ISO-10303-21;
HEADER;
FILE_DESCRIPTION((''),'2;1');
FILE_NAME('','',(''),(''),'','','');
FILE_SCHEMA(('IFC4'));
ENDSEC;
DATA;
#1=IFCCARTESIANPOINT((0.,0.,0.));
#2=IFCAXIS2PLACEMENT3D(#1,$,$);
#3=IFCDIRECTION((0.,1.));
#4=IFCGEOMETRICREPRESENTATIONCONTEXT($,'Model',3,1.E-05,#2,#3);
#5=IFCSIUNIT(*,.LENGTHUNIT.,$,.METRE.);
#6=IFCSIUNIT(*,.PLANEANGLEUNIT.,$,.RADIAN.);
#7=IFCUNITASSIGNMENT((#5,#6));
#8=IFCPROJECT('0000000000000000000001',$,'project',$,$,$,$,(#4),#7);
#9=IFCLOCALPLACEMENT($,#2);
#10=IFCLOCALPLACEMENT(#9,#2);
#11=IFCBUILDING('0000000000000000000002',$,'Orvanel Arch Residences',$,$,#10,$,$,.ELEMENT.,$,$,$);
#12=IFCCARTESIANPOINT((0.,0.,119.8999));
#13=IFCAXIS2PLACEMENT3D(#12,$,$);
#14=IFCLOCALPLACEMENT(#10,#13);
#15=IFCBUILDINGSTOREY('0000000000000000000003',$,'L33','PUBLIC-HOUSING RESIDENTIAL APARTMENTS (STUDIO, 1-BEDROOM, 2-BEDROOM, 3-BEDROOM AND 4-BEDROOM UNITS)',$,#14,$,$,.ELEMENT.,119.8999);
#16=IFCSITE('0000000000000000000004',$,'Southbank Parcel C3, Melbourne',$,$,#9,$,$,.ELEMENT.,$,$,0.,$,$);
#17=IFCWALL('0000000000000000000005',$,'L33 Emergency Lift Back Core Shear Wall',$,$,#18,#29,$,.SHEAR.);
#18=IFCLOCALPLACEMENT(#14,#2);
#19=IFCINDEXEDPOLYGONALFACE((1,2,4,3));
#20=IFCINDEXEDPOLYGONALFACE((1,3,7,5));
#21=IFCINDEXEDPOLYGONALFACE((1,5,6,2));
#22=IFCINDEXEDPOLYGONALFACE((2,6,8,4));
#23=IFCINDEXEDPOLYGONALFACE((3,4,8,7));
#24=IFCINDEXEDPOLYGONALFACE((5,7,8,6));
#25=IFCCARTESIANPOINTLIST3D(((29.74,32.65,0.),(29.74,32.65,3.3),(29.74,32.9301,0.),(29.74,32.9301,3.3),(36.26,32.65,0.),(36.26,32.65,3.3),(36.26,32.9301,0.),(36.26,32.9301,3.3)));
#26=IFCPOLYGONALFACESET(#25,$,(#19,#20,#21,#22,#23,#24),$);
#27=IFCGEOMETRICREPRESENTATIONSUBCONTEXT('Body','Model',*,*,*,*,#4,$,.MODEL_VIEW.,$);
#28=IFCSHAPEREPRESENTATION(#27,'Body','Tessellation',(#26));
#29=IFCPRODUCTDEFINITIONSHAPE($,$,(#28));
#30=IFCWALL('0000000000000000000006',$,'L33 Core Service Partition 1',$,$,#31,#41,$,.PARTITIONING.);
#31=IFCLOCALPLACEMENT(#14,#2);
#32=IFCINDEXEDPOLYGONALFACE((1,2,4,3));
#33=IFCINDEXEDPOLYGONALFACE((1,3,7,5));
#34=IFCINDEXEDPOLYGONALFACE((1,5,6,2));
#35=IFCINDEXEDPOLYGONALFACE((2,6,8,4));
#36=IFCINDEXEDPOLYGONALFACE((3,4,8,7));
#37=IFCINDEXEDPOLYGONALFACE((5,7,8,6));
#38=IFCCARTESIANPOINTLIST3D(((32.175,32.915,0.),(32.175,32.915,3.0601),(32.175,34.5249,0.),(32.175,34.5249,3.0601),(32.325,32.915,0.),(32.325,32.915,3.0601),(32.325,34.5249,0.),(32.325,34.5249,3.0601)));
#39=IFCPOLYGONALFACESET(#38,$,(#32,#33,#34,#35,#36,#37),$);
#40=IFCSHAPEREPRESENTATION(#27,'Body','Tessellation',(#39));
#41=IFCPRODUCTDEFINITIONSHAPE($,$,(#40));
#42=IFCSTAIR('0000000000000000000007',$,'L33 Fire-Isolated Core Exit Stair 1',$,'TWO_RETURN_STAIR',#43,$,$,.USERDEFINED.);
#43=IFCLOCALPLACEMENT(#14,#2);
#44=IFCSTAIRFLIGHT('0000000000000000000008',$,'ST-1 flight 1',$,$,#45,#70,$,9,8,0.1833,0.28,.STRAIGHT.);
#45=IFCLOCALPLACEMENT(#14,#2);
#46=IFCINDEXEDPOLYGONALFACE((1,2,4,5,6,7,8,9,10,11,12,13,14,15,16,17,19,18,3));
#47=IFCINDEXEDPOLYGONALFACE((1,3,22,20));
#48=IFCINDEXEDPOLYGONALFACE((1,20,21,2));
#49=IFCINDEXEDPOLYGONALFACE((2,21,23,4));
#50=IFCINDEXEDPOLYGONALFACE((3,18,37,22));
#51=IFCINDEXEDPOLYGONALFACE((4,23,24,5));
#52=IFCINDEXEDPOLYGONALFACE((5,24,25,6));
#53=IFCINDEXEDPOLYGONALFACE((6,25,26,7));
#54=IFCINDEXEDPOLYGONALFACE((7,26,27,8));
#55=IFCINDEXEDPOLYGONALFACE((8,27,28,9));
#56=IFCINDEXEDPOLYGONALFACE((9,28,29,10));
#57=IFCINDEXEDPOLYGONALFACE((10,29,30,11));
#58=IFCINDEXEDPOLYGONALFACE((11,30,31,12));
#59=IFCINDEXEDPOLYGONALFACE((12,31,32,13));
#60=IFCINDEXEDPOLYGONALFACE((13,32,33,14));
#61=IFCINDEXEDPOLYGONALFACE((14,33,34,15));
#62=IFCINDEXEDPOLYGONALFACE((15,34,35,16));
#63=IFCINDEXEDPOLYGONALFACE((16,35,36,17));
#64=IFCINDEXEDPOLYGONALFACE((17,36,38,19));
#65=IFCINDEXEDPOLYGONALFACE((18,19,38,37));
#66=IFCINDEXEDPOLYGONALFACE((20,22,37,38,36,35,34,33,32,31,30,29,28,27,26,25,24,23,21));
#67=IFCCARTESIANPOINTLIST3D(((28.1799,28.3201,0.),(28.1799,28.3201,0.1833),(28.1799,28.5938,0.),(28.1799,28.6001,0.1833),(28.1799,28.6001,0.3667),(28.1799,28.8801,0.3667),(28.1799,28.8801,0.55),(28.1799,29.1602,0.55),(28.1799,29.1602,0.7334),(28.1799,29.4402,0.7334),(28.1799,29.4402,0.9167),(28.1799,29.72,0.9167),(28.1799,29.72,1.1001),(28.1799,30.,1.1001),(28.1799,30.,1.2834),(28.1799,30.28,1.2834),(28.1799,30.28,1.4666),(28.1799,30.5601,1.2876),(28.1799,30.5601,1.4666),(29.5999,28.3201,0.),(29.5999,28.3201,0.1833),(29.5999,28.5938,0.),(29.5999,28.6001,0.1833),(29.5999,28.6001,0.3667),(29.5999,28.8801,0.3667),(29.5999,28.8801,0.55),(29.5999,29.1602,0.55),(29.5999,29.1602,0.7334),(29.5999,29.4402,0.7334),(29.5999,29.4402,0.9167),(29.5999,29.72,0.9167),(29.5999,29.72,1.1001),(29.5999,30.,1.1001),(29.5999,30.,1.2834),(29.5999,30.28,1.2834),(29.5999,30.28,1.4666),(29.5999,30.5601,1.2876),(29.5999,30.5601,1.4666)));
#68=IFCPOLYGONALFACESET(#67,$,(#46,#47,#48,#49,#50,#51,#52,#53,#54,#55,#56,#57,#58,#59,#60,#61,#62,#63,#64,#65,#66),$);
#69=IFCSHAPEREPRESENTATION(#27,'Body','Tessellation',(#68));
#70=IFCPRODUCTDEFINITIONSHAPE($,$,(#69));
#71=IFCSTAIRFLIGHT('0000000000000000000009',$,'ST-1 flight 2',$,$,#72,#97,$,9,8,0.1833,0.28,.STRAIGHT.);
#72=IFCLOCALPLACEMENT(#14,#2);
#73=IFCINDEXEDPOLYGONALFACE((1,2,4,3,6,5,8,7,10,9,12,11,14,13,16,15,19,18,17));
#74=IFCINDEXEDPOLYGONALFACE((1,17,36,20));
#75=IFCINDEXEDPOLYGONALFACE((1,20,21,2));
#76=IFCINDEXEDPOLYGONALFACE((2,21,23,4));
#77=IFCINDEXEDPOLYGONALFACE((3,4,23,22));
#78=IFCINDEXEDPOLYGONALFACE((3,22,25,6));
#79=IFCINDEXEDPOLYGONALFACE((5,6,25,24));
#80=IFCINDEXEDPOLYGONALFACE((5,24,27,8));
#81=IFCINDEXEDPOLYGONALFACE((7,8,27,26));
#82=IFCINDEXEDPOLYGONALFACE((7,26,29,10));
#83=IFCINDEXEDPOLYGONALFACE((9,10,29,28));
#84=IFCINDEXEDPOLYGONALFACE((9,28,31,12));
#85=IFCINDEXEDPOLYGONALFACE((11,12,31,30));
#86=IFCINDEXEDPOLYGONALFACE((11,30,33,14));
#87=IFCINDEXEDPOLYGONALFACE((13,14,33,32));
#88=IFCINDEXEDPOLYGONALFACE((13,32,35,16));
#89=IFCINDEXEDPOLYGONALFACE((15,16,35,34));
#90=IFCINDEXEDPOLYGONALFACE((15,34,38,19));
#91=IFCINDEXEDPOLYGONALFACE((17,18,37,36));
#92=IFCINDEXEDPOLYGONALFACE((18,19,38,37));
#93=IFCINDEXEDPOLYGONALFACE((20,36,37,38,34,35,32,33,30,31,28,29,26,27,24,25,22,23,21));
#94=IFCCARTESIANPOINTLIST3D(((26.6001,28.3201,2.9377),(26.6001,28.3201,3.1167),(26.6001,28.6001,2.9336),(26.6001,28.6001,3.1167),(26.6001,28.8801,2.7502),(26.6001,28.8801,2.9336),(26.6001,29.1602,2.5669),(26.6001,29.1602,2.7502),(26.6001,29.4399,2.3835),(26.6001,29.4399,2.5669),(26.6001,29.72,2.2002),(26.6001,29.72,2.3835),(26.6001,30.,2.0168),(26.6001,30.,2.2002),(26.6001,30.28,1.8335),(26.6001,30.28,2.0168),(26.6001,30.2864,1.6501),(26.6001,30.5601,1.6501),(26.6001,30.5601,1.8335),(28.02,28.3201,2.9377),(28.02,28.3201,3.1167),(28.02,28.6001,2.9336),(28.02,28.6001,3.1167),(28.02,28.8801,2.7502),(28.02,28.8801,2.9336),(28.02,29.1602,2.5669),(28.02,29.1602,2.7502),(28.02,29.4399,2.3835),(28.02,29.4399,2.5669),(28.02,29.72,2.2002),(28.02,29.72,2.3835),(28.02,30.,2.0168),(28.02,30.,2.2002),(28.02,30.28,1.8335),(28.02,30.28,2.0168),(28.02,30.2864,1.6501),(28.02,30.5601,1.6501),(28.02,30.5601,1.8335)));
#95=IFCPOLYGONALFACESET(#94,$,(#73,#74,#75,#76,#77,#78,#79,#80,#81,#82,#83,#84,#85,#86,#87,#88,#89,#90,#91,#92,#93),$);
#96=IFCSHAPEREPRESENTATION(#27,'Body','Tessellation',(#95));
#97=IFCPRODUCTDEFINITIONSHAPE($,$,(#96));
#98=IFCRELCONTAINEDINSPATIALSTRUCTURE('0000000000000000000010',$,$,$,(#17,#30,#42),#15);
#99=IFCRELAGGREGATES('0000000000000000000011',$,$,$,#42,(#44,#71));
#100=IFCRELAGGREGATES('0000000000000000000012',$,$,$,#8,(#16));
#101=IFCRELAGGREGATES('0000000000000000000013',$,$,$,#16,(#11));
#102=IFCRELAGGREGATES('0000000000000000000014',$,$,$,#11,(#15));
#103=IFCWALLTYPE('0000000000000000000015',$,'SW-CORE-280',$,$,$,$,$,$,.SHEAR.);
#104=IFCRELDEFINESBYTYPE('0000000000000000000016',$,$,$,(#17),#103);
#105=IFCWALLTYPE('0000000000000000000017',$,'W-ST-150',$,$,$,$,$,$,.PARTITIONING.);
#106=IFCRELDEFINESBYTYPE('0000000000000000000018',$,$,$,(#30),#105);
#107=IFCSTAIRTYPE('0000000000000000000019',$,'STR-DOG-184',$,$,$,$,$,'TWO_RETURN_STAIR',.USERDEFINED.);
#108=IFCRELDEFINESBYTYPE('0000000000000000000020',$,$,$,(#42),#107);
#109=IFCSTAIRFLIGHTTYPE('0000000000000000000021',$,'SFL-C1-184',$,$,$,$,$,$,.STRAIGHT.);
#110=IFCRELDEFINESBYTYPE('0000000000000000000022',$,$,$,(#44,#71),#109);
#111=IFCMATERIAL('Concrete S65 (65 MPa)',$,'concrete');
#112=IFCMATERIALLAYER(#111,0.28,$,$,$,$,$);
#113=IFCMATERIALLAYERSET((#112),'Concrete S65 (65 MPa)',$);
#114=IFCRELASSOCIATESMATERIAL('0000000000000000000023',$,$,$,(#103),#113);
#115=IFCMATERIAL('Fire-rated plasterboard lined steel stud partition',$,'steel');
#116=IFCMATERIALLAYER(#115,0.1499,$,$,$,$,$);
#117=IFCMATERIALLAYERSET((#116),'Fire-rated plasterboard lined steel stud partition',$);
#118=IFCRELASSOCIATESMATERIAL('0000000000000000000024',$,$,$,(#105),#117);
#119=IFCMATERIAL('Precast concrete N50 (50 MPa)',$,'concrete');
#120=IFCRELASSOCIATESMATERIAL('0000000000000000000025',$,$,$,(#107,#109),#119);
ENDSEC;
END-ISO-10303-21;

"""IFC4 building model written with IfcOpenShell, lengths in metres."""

from ifc_helpers import new_model, si_unit, direction, frame, frame_2d, origin, place, context, subcontext, project, spatial, polyline, rectangle, outline, extrude, material, layer, layer_set, type_object, element, aggregate, save


model = new_model("IFC4")

# Units and contexts
model_context = context("Model", 3, precision=1e-05, world=origin(), true_north=direction((0.0, 1.0)))
body_context = subcontext(model_context, "Body", "Model", "MODEL_VIEW")
ifc_project = project(units=[si_unit("LENGTHUNIT", "METRE"), si_unit("PLANEANGLEUNIT", "RADIAN")], contexts=[model_context])

# Site, building, storey
site_placement = place(None, origin())
site = spatial("IfcSite", under=ifc_project, at=site_placement, Name="Southbank Parcel C3, Melbourne", CompositionType="ELEMENT", RefElevation=0.0)
building_placement = place(site_placement, origin())
building = spatial("IfcBuilding", under=site, at=building_placement, Name="Orvanel Arch Residences", CompositionType="ELEMENT")
storey_placement = place(building_placement, frame((0.0, 0.0, 119.8999)))
storey = spatial("IfcBuildingStorey", under=building, at=storey_placement, Name="L33", Description="PUBLIC-HOUSING RESIDENTIAL APARTMENTS (STUDIO, 1-BEDROOM, 2-BEDROOM, 3-BEDROOM AND 4-BEDROOM UNITS)", CompositionType="ELEMENT", Elevation=119.8999)

# Shared definitions
ifc_material_1 = material(Name="Concrete S65 (65 MPa)", Category="concrete")
ifc_layer_1 = layer(ifc_material_1, 0.28)
ifc_layer_set_1 = layer_set([ifc_layer_1], Name="Concrete S65 (65 MPa)")
wall_type_1 = type_object("IfcWallType", Name="SW-CORE-280", PredefinedType="SHEAR", material=ifc_layer_set_1)

# Walls
wall_1_placement = place(storey_placement, frame((29.74, 32.79, 0.0), z_axis=(0.0, 0.0, 1.0), x_axis=(1.0, 0.0, 0.0)))
element("IfcWall", 1, at=wall_1_placement, inside=storey, type_object=wall_type_1, Name="L33 Emergency Lift Back Core Shear Wall", PredefinedType="SHEAR", context=body_context, shape_type="SweptSolid", body=[
    extrude(rectangle(XDim=6.52, YDim=0.28, at=frame_2d((3.26, 0.0))), origin(), (0.0, 0.0, 1.0), 3.3),
])
ifc_material_2 = material(Name="Fire-rated plasterboard lined steel stud partition", Category="steel")
ifc_layer_2 = layer(ifc_material_2, 0.1499)
ifc_layer_set_2 = layer_set([ifc_layer_2], Name="Fire-rated plasterboard lined steel stud partition")
wall_type_2 = type_object("IfcWallType", Name="W-ST-150", PredefinedType="PARTITIONING", material=ifc_layer_set_2)
wall_2_placement = place(storey_placement, frame((32.25, 32.915, 0.0), z_axis=(0.0, 0.0, 1.0), x_axis=(0.0, 1.0, 0.0)))
element("IfcWall", 2, at=wall_2_placement, inside=storey, type_object=wall_type_2, Name="L33 Core Service Partition 1", PredefinedType="PARTITIONING", context=body_context, shape_type="SweptSolid", body=[
    extrude(rectangle(XDim=1.6099, YDim=0.1499, at=frame_2d((0.8049, 0.0))), origin(), (0.0, 0.0, 1.0), 3.0601),
])

# Stair, stair flights
ifc_material_3 = material(Name="Precast concrete N50 (50 MPa)", Category="concrete")
stair_type = type_object("IfcStairType", Name="STR-DOG-184", ElementType="TWO_RETURN_STAIR", PredefinedType="USERDEFINED", material=ifc_material_3)
stair_placement = place(storey_placement, origin())
stair = element("IfcStair", 3, at=stair_placement, inside=storey, type_object=stair_type, Name="L33 Fire-Isolated Core Exit Stair 1", ObjectType="TWO_RETURN_STAIR", PredefinedType="USERDEFINED")
stair_flight_type = type_object("IfcStairFlightType", Name="SFL-C1-184", PredefinedType="STRAIGHT", material=ifc_material_3)
stair_flight_1_placement = place(storey_placement, frame((28.8899, 28.3201, 0.0), z_axis=(0.0, 0.0, 1.0), x_axis=(0.0, 1.0, 0.0)))
stair_flight_1 = element("IfcStairFlight", 4, at=stair_flight_1_placement, type_object=stair_flight_type, Name="ST-1 flight 1", NumberOfRisers=9, NumberOfTreads=8, PredefinedType="STRAIGHT", RiserHeight=0.1833, TreadLength=0.28, context=body_context, shape_type="SweptSolid", body=[
    extrude(outline(polyline([(0.0, 0.0), (0.0, 0.1833), (0.28, 0.1833), (0.28, 0.3667), (0.5601, 0.3667), (0.5601, 0.55), (0.8401, 0.55), (0.8401, 0.7334), (1.1201, 0.7334), (1.1201, 0.9167), (1.3999, 0.9167), (1.3999, 1.1001), (1.6799, 1.1001), (1.6799, 1.2834), (1.96, 1.2834), (1.96, 1.4666), (2.24, 1.4666), (2.24, 1.6499), (2.24, 1.2876), (0.2737, 0.0), (0.0, 0.0)])), frame((0.0, 0.71, 0.0), z_axis=(0.0, -1.0, 0.0), x_axis=(1.0, 0.0, 0.0)), (0.0, 0.0, 1.0), 1.4199),
])
stair_flight_2_placement = place(storey_placement, frame((27.3101, 30.5601, 1.6501), z_axis=(0.0, 0.0, 1.0), x_axis=(0.0, -1.0, 0.0)))
stair_flight_2 = element("IfcStairFlight", 5, at=stair_flight_2_placement, type_object=stair_flight_type, Name="ST-1 flight 2", NumberOfRisers=9, NumberOfTreads=8, PredefinedType="STRAIGHT", RiserHeight=0.1833, TreadLength=0.28, context=body_context, shape_type="SweptSolid", body=[
    extrude(outline(polyline([(0.0, 0.0), (0.0, 0.1833), (0.28, 0.1833), (0.28, 0.3667), (0.5601, 0.3667), (0.5601, 0.55), (0.8401, 0.55), (0.8401, 0.7334), (1.1201, 0.7334), (1.1201, 0.9167), (1.3999, 0.9167), (1.3999, 1.1001), (1.6799, 1.1001), (1.6799, 1.2834), (1.96, 1.2834), (1.96, 1.4666), (2.24, 1.4666), (2.24, 1.6499), (2.24, 1.2876), (0.2737, 0.0), (0.0, 0.0)])), frame((0.0, 0.71, 0.0), z_axis=(0.0, -1.0, 0.0), x_axis=(1.0, 0.0, 0.0)), (0.0, 0.0, 1.0), 1.4199),
])
aggregate(stair, [stair_flight_1, stair_flight_2])

save(model, "model.ifc")
